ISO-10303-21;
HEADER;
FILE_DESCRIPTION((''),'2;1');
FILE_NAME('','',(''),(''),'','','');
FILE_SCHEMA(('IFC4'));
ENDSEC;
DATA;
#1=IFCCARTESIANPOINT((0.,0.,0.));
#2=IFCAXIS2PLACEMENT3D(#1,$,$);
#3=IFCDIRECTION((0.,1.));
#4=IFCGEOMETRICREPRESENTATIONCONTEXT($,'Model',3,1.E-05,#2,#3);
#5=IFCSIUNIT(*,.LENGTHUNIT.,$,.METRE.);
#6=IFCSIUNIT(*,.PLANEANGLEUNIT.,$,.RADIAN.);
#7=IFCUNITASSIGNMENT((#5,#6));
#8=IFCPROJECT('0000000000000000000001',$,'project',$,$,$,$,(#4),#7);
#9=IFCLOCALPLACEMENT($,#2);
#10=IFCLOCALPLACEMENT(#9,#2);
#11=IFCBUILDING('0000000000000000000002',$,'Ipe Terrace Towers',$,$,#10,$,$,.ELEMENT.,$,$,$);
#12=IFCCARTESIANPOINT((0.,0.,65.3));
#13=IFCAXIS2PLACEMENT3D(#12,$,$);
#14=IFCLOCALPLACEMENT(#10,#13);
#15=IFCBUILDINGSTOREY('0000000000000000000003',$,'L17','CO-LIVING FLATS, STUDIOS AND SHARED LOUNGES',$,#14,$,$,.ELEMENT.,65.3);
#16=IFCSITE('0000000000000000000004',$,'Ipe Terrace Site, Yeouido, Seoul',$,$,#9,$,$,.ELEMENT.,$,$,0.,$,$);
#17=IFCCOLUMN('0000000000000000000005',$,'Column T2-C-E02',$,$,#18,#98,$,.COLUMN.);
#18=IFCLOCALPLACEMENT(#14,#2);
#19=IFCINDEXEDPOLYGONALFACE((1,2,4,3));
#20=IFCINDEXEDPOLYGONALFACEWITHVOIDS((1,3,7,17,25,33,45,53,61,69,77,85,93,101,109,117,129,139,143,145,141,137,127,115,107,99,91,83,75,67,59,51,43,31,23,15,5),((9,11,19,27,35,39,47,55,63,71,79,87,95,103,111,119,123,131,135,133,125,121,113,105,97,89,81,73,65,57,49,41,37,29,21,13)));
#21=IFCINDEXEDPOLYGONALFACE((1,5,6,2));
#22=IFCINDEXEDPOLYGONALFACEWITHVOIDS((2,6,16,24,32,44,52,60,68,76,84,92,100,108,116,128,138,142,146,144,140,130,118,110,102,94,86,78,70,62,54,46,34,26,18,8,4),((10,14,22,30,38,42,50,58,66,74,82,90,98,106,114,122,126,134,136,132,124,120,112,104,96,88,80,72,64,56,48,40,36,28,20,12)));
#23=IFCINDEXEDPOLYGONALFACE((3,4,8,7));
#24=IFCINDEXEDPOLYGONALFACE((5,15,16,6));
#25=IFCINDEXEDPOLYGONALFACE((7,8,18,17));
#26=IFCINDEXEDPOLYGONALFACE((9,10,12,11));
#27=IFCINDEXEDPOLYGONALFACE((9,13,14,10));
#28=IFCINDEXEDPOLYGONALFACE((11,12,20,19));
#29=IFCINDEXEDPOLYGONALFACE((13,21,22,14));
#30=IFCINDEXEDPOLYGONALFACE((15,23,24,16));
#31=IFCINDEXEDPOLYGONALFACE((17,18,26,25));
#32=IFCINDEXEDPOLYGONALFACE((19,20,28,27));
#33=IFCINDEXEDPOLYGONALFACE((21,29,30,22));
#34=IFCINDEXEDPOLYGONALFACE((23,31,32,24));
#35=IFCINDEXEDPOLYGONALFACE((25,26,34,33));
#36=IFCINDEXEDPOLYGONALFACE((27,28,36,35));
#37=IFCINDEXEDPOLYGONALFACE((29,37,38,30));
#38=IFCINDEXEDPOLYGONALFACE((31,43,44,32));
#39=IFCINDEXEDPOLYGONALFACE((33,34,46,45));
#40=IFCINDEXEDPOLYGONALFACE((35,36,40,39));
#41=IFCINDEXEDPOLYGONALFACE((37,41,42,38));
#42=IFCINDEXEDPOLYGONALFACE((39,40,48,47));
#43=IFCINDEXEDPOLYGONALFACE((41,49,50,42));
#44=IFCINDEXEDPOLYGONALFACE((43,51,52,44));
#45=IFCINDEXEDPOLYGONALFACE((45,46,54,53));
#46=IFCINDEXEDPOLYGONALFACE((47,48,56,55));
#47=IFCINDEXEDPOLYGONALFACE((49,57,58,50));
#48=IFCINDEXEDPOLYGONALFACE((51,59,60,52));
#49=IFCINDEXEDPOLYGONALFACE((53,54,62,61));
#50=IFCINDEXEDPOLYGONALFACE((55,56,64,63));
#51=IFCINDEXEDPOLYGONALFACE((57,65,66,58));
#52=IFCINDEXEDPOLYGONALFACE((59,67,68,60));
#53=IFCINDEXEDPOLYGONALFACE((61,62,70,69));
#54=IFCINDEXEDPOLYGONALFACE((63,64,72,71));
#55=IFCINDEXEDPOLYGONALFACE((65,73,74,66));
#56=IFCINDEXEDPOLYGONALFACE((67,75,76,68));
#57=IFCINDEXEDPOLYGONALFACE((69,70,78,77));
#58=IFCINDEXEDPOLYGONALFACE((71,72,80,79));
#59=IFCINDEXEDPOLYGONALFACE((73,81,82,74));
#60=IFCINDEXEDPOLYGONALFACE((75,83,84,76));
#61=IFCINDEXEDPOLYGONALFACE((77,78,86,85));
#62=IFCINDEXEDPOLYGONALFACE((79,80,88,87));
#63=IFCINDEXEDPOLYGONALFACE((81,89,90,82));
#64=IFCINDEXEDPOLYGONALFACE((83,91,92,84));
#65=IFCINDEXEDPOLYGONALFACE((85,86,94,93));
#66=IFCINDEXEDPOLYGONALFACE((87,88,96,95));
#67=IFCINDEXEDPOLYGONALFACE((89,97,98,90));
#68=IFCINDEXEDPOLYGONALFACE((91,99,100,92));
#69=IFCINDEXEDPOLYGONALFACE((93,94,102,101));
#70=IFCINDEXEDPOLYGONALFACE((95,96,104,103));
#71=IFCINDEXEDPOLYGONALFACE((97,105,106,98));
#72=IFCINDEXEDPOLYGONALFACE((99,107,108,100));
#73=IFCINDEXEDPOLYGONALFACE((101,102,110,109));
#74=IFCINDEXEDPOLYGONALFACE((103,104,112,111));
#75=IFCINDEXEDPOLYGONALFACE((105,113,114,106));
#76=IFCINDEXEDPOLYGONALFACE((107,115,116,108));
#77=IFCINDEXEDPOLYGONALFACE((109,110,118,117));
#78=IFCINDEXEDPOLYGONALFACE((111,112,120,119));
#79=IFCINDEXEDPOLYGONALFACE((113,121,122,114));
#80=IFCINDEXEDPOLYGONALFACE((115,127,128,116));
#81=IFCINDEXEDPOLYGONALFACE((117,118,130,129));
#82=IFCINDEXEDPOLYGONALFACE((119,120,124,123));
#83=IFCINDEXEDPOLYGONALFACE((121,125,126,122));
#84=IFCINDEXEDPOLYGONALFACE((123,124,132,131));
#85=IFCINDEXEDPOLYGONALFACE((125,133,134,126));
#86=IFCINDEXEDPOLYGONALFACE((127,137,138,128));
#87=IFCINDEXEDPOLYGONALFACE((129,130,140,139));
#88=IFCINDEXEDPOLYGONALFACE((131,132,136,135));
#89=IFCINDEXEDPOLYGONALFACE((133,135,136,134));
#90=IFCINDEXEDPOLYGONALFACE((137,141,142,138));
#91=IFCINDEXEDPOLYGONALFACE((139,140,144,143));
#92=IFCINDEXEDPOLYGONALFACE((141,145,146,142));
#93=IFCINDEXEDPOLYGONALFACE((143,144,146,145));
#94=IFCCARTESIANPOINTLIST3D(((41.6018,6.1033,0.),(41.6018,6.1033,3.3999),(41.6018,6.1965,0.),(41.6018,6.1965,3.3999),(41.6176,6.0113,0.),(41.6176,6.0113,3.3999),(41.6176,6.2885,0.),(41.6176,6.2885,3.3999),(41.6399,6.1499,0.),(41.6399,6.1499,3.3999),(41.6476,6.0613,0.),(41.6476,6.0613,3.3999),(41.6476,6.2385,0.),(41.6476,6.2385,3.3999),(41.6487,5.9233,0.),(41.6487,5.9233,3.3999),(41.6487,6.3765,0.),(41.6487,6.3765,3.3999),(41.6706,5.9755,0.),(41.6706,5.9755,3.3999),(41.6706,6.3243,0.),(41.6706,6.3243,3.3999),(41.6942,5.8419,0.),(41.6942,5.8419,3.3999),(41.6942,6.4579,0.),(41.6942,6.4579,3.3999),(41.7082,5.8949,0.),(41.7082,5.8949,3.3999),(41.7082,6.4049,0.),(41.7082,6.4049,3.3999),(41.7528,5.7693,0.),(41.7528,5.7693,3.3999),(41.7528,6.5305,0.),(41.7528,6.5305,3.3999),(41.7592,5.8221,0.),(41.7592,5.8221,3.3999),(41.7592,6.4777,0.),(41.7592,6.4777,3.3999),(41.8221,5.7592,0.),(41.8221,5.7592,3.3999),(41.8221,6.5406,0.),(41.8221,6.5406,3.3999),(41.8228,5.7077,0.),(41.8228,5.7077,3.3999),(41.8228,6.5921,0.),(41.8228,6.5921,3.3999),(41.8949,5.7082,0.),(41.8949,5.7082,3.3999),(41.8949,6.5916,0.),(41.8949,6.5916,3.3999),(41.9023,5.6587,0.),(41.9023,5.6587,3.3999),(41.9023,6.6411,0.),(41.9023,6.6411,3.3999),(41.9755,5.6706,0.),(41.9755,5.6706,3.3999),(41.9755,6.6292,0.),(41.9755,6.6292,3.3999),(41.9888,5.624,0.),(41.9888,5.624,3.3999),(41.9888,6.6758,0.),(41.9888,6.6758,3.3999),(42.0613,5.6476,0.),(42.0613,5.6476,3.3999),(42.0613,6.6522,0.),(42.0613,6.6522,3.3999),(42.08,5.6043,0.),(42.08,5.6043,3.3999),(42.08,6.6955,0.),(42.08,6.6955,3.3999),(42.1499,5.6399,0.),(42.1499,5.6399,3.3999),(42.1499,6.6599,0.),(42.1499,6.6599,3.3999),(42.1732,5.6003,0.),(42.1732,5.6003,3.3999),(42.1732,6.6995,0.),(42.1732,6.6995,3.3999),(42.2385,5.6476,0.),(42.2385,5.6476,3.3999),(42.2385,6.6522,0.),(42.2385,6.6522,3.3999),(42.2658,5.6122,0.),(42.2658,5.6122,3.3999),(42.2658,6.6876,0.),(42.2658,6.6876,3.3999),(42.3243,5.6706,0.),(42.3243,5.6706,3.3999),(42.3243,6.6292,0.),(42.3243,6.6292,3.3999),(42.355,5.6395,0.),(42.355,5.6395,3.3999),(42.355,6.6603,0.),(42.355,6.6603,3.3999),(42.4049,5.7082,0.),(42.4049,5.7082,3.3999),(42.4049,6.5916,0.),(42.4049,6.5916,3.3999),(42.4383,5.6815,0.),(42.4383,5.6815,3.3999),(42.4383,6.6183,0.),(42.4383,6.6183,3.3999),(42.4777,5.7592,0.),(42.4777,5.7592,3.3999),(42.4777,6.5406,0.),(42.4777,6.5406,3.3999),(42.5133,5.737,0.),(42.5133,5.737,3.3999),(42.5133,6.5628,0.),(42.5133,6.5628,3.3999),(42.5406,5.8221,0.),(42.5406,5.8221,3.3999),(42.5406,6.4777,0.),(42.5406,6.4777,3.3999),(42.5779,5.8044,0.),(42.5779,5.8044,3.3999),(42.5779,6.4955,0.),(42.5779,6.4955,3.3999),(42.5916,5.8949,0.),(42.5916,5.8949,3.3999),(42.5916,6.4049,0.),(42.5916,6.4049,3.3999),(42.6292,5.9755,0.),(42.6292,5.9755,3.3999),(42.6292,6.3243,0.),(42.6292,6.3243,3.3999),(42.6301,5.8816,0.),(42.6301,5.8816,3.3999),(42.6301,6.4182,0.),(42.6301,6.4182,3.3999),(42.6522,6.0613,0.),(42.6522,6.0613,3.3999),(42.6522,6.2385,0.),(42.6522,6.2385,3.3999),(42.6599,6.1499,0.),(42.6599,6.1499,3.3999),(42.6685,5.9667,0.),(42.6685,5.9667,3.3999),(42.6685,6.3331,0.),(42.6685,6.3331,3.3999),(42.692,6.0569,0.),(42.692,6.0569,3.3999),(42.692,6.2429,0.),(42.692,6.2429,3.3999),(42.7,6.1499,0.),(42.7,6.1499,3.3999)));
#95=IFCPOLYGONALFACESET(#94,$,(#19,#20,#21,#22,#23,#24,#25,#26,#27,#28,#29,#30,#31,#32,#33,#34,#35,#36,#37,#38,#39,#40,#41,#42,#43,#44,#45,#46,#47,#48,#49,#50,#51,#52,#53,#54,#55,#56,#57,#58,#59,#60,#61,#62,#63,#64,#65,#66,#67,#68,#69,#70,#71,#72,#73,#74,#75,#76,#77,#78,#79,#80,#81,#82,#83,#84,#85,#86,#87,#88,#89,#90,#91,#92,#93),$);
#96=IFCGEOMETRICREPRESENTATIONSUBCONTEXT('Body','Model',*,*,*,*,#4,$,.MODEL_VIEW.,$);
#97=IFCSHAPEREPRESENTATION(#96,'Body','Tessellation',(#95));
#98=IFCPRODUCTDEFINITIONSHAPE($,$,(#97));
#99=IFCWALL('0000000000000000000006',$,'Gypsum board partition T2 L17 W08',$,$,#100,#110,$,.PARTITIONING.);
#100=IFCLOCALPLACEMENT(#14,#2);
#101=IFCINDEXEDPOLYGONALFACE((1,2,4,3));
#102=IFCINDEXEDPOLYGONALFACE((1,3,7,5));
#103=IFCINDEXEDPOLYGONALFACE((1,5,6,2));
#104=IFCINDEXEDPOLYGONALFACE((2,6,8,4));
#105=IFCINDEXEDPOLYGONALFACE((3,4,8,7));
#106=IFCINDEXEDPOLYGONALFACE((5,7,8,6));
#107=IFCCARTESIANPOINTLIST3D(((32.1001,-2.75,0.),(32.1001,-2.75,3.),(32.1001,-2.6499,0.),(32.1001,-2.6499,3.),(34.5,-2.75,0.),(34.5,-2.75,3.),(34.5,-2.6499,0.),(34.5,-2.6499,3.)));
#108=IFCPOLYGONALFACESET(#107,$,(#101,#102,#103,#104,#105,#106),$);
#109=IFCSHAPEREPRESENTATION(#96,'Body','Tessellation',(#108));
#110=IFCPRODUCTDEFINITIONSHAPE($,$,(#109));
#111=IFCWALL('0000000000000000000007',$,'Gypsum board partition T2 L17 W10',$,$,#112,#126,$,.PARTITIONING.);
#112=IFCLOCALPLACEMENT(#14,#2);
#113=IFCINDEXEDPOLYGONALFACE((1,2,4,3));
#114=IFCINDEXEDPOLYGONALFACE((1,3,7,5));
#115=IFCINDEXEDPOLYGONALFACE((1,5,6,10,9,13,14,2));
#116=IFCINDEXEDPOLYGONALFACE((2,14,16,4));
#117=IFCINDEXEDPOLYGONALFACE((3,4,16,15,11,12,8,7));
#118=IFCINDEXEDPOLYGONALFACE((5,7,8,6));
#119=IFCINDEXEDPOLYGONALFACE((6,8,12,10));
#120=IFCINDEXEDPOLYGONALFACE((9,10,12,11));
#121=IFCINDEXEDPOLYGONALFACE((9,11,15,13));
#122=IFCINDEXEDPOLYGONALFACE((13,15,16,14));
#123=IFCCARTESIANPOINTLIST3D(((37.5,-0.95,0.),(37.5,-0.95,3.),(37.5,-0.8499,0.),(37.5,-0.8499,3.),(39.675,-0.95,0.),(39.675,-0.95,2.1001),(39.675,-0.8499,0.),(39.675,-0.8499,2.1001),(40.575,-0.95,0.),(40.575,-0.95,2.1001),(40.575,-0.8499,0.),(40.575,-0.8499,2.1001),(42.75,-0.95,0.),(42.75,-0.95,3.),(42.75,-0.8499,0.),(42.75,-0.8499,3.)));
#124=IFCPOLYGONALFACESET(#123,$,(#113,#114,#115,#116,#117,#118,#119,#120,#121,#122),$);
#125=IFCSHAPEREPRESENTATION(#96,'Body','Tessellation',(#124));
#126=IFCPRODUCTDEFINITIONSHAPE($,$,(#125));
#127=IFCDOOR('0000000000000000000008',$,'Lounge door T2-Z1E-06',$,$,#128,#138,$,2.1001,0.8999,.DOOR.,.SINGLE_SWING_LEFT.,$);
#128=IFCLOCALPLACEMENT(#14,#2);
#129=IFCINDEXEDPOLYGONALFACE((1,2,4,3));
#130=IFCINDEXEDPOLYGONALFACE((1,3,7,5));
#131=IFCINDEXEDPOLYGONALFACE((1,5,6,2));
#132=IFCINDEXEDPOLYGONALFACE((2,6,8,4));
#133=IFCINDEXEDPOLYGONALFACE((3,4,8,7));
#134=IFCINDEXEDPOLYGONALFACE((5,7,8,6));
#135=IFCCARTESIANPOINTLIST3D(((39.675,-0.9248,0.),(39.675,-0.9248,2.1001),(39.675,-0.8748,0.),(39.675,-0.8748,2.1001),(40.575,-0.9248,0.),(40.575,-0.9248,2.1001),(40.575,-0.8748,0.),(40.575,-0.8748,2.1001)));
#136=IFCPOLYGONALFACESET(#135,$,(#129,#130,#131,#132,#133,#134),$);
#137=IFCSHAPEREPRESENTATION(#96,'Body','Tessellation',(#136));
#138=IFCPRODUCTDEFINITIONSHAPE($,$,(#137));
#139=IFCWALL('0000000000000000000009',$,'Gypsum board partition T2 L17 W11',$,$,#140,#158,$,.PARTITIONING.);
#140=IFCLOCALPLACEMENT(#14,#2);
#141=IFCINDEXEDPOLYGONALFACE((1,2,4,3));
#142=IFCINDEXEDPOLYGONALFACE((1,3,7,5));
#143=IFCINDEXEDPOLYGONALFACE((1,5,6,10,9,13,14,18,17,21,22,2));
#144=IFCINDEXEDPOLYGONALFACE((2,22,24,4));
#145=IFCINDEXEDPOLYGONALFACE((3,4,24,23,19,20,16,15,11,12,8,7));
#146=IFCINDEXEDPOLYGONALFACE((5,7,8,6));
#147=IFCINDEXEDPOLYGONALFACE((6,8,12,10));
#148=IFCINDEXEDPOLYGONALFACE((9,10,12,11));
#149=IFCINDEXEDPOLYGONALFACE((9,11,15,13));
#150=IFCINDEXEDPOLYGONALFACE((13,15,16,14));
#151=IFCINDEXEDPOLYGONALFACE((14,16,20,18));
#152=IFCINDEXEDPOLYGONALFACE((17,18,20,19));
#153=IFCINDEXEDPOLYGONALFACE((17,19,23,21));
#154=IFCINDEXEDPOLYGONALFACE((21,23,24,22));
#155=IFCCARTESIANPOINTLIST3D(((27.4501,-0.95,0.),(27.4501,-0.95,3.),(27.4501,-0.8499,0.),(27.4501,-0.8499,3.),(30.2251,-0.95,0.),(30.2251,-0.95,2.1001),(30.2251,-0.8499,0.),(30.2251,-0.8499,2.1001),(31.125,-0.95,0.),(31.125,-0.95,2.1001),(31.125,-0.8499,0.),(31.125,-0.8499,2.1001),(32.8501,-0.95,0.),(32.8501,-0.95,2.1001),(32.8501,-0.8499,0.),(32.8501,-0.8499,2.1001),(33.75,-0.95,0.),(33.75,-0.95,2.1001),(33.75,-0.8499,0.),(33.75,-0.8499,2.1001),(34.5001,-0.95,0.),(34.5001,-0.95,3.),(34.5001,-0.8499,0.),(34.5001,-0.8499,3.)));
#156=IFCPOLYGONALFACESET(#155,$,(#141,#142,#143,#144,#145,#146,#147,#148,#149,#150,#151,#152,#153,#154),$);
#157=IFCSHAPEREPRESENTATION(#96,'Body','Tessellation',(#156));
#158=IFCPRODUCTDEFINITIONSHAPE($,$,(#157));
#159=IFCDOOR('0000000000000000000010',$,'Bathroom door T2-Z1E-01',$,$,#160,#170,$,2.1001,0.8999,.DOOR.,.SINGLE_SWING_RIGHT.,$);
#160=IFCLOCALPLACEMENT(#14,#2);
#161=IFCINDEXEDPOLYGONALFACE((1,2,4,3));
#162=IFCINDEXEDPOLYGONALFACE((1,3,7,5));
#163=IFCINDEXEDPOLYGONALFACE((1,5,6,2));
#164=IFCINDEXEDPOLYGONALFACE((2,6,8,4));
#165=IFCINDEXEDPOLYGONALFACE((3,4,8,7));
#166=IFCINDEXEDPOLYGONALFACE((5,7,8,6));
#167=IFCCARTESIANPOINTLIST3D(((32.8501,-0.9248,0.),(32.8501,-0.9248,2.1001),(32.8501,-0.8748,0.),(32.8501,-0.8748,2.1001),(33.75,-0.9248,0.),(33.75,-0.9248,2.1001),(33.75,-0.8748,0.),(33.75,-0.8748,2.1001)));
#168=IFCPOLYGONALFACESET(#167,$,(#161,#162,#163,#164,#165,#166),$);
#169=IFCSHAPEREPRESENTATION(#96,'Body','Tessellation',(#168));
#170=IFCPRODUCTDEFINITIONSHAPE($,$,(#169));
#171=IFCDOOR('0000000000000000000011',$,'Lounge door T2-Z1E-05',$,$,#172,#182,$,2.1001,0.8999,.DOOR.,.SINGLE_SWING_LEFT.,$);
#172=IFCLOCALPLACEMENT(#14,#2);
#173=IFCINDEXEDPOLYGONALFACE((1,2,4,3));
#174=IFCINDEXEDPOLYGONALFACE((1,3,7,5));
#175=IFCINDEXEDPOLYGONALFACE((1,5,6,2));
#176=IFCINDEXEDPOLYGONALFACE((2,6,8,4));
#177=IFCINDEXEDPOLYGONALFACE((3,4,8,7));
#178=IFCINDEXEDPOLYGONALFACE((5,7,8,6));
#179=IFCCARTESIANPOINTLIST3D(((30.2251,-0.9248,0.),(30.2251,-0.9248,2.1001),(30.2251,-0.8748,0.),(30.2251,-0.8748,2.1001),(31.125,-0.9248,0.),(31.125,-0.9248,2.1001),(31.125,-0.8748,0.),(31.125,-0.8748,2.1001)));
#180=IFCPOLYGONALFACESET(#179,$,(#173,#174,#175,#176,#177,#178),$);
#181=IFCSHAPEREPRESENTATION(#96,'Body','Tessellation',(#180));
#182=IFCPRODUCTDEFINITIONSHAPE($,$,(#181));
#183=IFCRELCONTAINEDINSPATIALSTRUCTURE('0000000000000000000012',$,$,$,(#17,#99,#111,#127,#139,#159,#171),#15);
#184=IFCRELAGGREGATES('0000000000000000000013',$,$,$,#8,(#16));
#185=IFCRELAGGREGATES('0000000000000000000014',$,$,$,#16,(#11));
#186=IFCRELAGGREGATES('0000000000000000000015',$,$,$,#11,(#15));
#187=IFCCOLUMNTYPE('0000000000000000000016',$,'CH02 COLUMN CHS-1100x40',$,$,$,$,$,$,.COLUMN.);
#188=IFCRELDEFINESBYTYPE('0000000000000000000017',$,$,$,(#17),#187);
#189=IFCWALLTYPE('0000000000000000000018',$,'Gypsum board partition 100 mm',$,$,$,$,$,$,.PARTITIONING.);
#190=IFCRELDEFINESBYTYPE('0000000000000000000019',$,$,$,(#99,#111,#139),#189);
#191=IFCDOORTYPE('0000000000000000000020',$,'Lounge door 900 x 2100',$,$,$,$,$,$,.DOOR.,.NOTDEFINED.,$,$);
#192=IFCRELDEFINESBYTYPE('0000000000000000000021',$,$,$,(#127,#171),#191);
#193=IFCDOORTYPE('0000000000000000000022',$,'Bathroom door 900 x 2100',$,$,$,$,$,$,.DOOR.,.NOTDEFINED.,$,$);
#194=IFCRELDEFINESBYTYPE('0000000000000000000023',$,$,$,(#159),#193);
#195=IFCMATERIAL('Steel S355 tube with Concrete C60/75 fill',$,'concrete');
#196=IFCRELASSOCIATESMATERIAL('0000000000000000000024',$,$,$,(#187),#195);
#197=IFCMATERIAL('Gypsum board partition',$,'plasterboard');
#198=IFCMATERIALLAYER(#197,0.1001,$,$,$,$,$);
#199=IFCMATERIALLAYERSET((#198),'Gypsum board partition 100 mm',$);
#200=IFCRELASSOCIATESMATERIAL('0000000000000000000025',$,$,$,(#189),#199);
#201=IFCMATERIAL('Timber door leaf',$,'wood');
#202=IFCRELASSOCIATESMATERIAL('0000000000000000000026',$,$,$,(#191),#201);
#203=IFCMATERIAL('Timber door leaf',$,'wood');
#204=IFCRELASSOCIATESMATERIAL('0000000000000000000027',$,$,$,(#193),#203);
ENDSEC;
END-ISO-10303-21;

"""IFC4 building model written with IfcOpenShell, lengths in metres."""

from ifc_helpers import new_model, si_unit, direction, frame, frame_2d, origin, origin_2d, place, context, subcontext, project, spatial, rectangle, hollow_circle, extrude, material, layer, layer_set, material_profile, profile_set, type_object, element, fill, save


model = new_model("IFC4")

# Units and contexts
model_context = context("Model", 3, precision=1e-05, world=origin(), true_north=direction((0.0, 1.0)))
body_context = subcontext(model_context, "Body", "Model", "MODEL_VIEW")
ifc_project = project(units=[si_unit("LENGTHUNIT", "METRE"), si_unit("PLANEANGLEUNIT", "RADIAN")], contexts=[model_context])

# Site, building, storey
site_placement = place(None, origin())
site = spatial("IfcSite", under=ifc_project, at=site_placement, Name="Ipe Terrace Site, Yeouido, Seoul", CompositionType="ELEMENT", RefElevation=0.0)
building_placement = place(site_placement, origin())
building = spatial("IfcBuilding", under=site, at=building_placement, Name="Ipe Terrace Towers", CompositionType="ELEMENT")
storey_placement = place(building_placement, frame((0.0, 0.0, 65.3)))
storey = spatial("IfcBuildingStorey", under=building, at=storey_placement, Name="L17", Description="CO-LIVING FLATS, STUDIOS AND SHARED LOUNGES", CompositionType="ELEMENT", Elevation=65.3)

# Column
ifc_material_1 = material(Name="Steel S355 tube with Concrete C60/75 fill", Category="concrete")
ifc_material_profile = material_profile(ifc_material_1, hollow_circle(Radius=0.55, WallThickness=0.04, at=origin_2d()), Name="CHS-1100x40")
ifc_profile_set = profile_set([ifc_material_profile], Name="Steel S355 tube with Concrete C60/75 fill")
column_type = type_object("IfcColumnType", Name="CH02 COLUMN CHS-1100x40", PredefinedType="COLUMN", material=ifc_profile_set)
column_placement = place(storey_placement, frame((42.1499, 6.1499, 0.0), z_axis=(0.0, 0.0, 1.0), x_axis=(1.0, 0.0, 0.0)))
element("IfcColumn", 1, at=column_placement, inside=storey, type_object=column_type, Name="Column T2-C-E02", PredefinedType="COLUMN", context=body_context, shape_type="SweptSolid", body=[
    extrude(hollow_circle(Radius=0.55, WallThickness=0.04, at=origin_2d()), origin(), (0.0, 0.0, 1.0), 3.3999),
])

# Wall
ifc_material_2 = material(Name="Gypsum board partition", Category="plasterboard")
ifc_layer = layer(ifc_material_2, 0.1001)
ifc_layer_set = layer_set([ifc_layer], Name="Gypsum board partition 100 mm")
wall_type = type_object("IfcWallType", Name="Gypsum board partition 100 mm", PredefinedType="PARTITIONING", material=ifc_layer_set)
wall_1_placement = place(storey_placement, frame((34.5, -2.7, 0.0), z_axis=(0.0, 0.0, 1.0), x_axis=(-1.0, 0.0, 0.0)))
element("IfcWall", 2, at=wall_1_placement, inside=storey, type_object=wall_type, Name="Gypsum board partition T2 L17 W08", PredefinedType="PARTITIONING", context=body_context, shape_type="SweptSolid", body=[
    extrude(rectangle(XDim=2.3999, YDim=0.1001, at=frame_2d((1.2, 0.0))), origin(), (0.0, 0.0, 1.0), 3.0),
])

# Wall, opening, door
wall_2_placement = place(storey_placement, frame((42.75, -0.8999, 0.0), z_axis=(0.0, 0.0, 1.0), x_axis=(-1.0, 0.0, 0.0)))
wall_2 = element("IfcWall", 3, at=wall_2_placement, inside=storey, type_object=wall_type, Name="Gypsum board partition T2 L17 W10", PredefinedType="PARTITIONING", context=body_context, shape_type="SweptSolid", body=[
    extrude(rectangle(XDim=5.25, YDim=0.1001, at=frame_2d((2.625, 0.0))), origin(), (0.0, 0.0, 1.0), 3.0),
])
opening_1_placement = place(wall_2_placement, frame((2.175, 0.0, 0.0)))
opening_1 = element("IfcOpeningElement", 4, at=opening_1_placement, cuts=wall_2, PredefinedType="OPENING", context=body_context, shape_type="SweptSolid", body=[
    extrude(rectangle(XDim=0.8999, YDim=2.1001, at=frame_2d((0.45, 1.05))), frame((0.0, 0.0601, 0.0), z_axis=(0.0, -1.0, 0.0), x_axis=(1.0, 0.0, 0.0)), (0.0, 0.0, 1.0), 0.1201),
])
ifc_material_3 = material(Name="Timber door leaf", Category="wood")
door_type_1 = type_object("IfcDoorType", Name="Lounge door 900 x 2100", OperationType="NOTDEFINED", PredefinedType="DOOR", material=ifc_material_3)
door_1_placement = place(opening_1_placement, origin())
door_1 = element("IfcDoor", 5, at=door_1_placement, inside=storey, type_object=door_type_1, Name="Lounge door T2-Z1E-06", OperationType="SINGLE_SWING_LEFT", OverallHeight=2.1001, OverallWidth=0.8999, PredefinedType="DOOR", context=body_context, shape_type="SweptSolid", body=[
    extrude(rectangle(XDim=0.8999, YDim=2.1001, at=frame_2d((0.45, 1.05))), frame((0.0, 0.0249, 0.0), z_axis=(0.0, -1.0, 0.0), x_axis=(1.0, 0.0, 0.0)), (0.0, 0.0, 1.0), 0.05),
])
fill(opening_1, door_1)

# Wall, openings, doors
wall_3_placement = place(storey_placement, frame((34.5, -0.8999, 0.0), z_axis=(0.0, 0.0, 1.0), x_axis=(-1.0, 0.0, 0.0)))
wall_3 = element("IfcWall", 6, at=wall_3_placement, inside=storey, type_object=wall_type, Name="Gypsum board partition T2 L17 W11", PredefinedType="PARTITIONING", context=body_context, shape_type="SweptSolid", body=[
    extrude(rectangle(XDim=7.05, YDim=0.1001, at=frame_2d((3.5249, 0.0))), origin(), (0.0, 0.0, 1.0), 3.0),
])
opening_2_placement = place(wall_3_placement, frame((0.75, 0.0, 0.0)))
opening_2 = element("IfcOpeningElement", 7, at=opening_2_placement, cuts=wall_3, PredefinedType="OPENING", context=body_context, shape_type="SweptSolid", body=[
    extrude(rectangle(XDim=0.8999, YDim=2.1001, at=frame_2d((0.45, 1.05))), frame((0.0, 0.0601, 0.0), z_axis=(0.0, -1.0, 0.0), x_axis=(1.0, 0.0, 0.0)), (0.0, 0.0, 1.0), 0.1201),
])
opening_3_placement = place(wall_3_placement, frame((3.375, 0.0, 0.0)))
opening_3 = element("IfcOpeningElement", 8, at=opening_3_placement, cuts=wall_3, PredefinedType="OPENING", context=body_context, shape_type="SweptSolid", body=[
    extrude(rectangle(XDim=0.8999, YDim=2.1001, at=frame_2d((0.45, 1.05))), frame((0.0, 0.0601, 0.0), z_axis=(0.0, -1.0, 0.0), x_axis=(1.0, 0.0, 0.0)), (0.0, 0.0, 1.0), 0.1201),
])
ifc_material_4 = material(Name="Timber door leaf", Category="wood")
door_type_2 = type_object("IfcDoorType", Name="Bathroom door 900 x 2100", OperationType="NOTDEFINED", PredefinedType="DOOR", material=ifc_material_4)
door_2_placement = place(opening_2_placement, origin())
door_2 = element("IfcDoor", 9, at=door_2_placement, inside=storey, type_object=door_type_2, Name="Bathroom door T2-Z1E-01", OperationType="SINGLE_SWING_RIGHT", OverallHeight=2.1001, OverallWidth=0.8999, PredefinedType="DOOR", context=body_context, shape_type="SweptSolid", body=[
    extrude(rectangle(XDim=0.8999, YDim=2.1001, at=frame_2d((0.45, 1.05))), frame((0.0, 0.0249, 0.0), z_axis=(0.0, -1.0, 0.0), x_axis=(1.0, 0.0, 0.0)), (0.0, 0.0, 1.0), 0.05),
])
fill(opening_2, door_2)
door_3_placement = place(opening_3_placement, origin())
door_3 = element("IfcDoor", 10, at=door_3_placement, inside=storey, type_object=door_type_1, Name="Lounge door T2-Z1E-05", OperationType="SINGLE_SWING_LEFT", OverallHeight=2.1001, OverallWidth=0.8999, PredefinedType="DOOR", context=body_context, shape_type="SweptSolid", body=[
    extrude(rectangle(XDim=0.8999, YDim=2.1001, at=frame_2d((0.45, 1.05))), frame((0.0, 0.0249, 0.0), z_axis=(0.0, -1.0, 0.0), x_axis=(1.0, 0.0, 0.0)), (0.0, 0.0, 1.0), 0.05),
])
fill(opening_3, door_3)

save(model, "model.ifc")
